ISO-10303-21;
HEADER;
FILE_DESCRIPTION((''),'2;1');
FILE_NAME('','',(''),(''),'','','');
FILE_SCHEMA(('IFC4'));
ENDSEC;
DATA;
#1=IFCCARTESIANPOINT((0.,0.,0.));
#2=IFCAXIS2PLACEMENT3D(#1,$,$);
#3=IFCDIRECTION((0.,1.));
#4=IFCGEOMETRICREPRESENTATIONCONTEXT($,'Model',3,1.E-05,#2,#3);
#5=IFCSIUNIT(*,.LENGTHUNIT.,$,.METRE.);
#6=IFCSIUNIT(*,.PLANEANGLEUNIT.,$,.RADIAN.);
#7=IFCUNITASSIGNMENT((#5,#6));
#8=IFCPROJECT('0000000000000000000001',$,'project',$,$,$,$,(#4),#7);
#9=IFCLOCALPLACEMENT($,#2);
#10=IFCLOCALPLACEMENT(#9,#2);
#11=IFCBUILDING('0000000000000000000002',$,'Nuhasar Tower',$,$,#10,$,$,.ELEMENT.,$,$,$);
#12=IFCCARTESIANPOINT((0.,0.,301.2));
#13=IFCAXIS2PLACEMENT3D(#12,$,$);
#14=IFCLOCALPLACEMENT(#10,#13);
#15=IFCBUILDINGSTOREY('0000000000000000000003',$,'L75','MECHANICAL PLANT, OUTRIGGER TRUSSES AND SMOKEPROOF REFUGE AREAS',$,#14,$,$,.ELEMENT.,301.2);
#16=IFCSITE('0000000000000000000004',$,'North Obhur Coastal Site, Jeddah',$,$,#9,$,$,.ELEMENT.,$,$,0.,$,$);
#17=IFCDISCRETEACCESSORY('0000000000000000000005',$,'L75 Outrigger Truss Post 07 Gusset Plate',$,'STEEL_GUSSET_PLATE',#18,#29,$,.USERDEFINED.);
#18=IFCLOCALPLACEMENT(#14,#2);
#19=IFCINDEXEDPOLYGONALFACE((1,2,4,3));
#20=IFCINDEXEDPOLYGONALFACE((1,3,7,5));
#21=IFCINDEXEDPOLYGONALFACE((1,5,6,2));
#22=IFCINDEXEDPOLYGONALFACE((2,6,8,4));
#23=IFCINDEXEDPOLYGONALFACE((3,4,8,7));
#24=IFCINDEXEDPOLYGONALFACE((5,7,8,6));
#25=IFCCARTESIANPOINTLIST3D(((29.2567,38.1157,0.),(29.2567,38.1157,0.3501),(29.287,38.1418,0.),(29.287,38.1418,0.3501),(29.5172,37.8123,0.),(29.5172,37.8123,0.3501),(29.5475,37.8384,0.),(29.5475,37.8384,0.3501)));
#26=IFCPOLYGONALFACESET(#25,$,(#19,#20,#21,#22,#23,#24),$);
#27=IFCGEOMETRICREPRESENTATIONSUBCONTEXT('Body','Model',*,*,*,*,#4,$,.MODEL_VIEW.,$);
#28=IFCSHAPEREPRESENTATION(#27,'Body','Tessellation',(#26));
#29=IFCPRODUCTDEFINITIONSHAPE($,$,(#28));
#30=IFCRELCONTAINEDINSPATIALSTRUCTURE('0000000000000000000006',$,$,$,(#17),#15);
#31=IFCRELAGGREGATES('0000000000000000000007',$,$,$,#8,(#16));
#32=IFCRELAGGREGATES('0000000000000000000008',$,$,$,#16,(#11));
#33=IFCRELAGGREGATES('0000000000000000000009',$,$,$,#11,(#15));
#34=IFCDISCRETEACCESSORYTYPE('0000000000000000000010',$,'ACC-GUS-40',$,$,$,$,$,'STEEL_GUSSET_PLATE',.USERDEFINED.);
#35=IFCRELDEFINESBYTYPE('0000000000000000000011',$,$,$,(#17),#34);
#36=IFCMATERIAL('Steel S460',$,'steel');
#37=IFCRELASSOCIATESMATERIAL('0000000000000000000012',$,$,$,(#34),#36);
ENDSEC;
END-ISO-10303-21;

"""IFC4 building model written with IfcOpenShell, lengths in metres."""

from ifc_helpers import new_model, si_unit, direction, frame, origin, origin_2d, place, context, subcontext, project, spatial, rectangle, extrude, material, type_object, element, save


model = new_model("IFC4")

# Units and contexts
model_context = context("Model", 3, precision=1e-05, world=origin(), true_north=direction((0.0, 1.0)))
body_context = subcontext(model_context, "Body", "Model", "MODEL_VIEW")
ifc_project = project(units=[si_unit("LENGTHUNIT", "METRE"), si_unit("PLANEANGLEUNIT", "RADIAN")], contexts=[model_context])

# Site, building, storey
site_placement = place(None, origin())
site = spatial("IfcSite", under=ifc_project, at=site_placement, Name="North Obhur Coastal Site, Jeddah", CompositionType="ELEMENT", RefElevation=0.0)
building_placement = place(site_placement, origin())
building = spatial("IfcBuilding", under=site, at=building_placement, Name="Nuhasar Tower", CompositionType="ELEMENT")
storey_placement = place(building_placement, frame((0.0, 0.0, 301.2)))
storey = spatial("IfcBuildingStorey", under=building, at=storey_placement, Name="L75", Description="MECHANICAL PLANT, OUTRIGGER TRUSSES AND SMOKEPROOF REFUGE AREAS", CompositionType="ELEMENT", Elevation=301.2)

# Shared definitions
ifc_material_1 = material(Name="Steel S460", Category="steel")

# Discrete accessory
discrete_accessory_type = type_object("IfcDiscreteAccessoryType", Name="ACC-GUS-40", ElementType="STEEL_GUSSET_PLATE", PredefinedType="USERDEFINED", material=ifc_material_1)
for number, where, z_axis, x_axis, name in (
    (1, (29.4021, 37.9771, 0.0), (0.0, 0.0, 1.0), (-0.651463, 0.75868, 0.0), "L75 Outrigger Truss Post 07 Gusset Plate"),
):
    element("IfcDiscreteAccessory", number, at=place(storey_placement, frame(where, z_axis=z_axis, x_axis=x_axis)), inside=storey, type_object=discrete_accessory_type, Name=name, ObjectType="STEEL_GUSSET_PLATE", PredefinedType="USERDEFINED", context=body_context, shape_type="SweptSolid", body=[
        extrude(rectangle(XDim=0.3999, YDim=0.04, at=origin_2d()), origin(), (0.0, 0.0, 1.0), 0.3501),
    ])

save(model, "model.ifc")
